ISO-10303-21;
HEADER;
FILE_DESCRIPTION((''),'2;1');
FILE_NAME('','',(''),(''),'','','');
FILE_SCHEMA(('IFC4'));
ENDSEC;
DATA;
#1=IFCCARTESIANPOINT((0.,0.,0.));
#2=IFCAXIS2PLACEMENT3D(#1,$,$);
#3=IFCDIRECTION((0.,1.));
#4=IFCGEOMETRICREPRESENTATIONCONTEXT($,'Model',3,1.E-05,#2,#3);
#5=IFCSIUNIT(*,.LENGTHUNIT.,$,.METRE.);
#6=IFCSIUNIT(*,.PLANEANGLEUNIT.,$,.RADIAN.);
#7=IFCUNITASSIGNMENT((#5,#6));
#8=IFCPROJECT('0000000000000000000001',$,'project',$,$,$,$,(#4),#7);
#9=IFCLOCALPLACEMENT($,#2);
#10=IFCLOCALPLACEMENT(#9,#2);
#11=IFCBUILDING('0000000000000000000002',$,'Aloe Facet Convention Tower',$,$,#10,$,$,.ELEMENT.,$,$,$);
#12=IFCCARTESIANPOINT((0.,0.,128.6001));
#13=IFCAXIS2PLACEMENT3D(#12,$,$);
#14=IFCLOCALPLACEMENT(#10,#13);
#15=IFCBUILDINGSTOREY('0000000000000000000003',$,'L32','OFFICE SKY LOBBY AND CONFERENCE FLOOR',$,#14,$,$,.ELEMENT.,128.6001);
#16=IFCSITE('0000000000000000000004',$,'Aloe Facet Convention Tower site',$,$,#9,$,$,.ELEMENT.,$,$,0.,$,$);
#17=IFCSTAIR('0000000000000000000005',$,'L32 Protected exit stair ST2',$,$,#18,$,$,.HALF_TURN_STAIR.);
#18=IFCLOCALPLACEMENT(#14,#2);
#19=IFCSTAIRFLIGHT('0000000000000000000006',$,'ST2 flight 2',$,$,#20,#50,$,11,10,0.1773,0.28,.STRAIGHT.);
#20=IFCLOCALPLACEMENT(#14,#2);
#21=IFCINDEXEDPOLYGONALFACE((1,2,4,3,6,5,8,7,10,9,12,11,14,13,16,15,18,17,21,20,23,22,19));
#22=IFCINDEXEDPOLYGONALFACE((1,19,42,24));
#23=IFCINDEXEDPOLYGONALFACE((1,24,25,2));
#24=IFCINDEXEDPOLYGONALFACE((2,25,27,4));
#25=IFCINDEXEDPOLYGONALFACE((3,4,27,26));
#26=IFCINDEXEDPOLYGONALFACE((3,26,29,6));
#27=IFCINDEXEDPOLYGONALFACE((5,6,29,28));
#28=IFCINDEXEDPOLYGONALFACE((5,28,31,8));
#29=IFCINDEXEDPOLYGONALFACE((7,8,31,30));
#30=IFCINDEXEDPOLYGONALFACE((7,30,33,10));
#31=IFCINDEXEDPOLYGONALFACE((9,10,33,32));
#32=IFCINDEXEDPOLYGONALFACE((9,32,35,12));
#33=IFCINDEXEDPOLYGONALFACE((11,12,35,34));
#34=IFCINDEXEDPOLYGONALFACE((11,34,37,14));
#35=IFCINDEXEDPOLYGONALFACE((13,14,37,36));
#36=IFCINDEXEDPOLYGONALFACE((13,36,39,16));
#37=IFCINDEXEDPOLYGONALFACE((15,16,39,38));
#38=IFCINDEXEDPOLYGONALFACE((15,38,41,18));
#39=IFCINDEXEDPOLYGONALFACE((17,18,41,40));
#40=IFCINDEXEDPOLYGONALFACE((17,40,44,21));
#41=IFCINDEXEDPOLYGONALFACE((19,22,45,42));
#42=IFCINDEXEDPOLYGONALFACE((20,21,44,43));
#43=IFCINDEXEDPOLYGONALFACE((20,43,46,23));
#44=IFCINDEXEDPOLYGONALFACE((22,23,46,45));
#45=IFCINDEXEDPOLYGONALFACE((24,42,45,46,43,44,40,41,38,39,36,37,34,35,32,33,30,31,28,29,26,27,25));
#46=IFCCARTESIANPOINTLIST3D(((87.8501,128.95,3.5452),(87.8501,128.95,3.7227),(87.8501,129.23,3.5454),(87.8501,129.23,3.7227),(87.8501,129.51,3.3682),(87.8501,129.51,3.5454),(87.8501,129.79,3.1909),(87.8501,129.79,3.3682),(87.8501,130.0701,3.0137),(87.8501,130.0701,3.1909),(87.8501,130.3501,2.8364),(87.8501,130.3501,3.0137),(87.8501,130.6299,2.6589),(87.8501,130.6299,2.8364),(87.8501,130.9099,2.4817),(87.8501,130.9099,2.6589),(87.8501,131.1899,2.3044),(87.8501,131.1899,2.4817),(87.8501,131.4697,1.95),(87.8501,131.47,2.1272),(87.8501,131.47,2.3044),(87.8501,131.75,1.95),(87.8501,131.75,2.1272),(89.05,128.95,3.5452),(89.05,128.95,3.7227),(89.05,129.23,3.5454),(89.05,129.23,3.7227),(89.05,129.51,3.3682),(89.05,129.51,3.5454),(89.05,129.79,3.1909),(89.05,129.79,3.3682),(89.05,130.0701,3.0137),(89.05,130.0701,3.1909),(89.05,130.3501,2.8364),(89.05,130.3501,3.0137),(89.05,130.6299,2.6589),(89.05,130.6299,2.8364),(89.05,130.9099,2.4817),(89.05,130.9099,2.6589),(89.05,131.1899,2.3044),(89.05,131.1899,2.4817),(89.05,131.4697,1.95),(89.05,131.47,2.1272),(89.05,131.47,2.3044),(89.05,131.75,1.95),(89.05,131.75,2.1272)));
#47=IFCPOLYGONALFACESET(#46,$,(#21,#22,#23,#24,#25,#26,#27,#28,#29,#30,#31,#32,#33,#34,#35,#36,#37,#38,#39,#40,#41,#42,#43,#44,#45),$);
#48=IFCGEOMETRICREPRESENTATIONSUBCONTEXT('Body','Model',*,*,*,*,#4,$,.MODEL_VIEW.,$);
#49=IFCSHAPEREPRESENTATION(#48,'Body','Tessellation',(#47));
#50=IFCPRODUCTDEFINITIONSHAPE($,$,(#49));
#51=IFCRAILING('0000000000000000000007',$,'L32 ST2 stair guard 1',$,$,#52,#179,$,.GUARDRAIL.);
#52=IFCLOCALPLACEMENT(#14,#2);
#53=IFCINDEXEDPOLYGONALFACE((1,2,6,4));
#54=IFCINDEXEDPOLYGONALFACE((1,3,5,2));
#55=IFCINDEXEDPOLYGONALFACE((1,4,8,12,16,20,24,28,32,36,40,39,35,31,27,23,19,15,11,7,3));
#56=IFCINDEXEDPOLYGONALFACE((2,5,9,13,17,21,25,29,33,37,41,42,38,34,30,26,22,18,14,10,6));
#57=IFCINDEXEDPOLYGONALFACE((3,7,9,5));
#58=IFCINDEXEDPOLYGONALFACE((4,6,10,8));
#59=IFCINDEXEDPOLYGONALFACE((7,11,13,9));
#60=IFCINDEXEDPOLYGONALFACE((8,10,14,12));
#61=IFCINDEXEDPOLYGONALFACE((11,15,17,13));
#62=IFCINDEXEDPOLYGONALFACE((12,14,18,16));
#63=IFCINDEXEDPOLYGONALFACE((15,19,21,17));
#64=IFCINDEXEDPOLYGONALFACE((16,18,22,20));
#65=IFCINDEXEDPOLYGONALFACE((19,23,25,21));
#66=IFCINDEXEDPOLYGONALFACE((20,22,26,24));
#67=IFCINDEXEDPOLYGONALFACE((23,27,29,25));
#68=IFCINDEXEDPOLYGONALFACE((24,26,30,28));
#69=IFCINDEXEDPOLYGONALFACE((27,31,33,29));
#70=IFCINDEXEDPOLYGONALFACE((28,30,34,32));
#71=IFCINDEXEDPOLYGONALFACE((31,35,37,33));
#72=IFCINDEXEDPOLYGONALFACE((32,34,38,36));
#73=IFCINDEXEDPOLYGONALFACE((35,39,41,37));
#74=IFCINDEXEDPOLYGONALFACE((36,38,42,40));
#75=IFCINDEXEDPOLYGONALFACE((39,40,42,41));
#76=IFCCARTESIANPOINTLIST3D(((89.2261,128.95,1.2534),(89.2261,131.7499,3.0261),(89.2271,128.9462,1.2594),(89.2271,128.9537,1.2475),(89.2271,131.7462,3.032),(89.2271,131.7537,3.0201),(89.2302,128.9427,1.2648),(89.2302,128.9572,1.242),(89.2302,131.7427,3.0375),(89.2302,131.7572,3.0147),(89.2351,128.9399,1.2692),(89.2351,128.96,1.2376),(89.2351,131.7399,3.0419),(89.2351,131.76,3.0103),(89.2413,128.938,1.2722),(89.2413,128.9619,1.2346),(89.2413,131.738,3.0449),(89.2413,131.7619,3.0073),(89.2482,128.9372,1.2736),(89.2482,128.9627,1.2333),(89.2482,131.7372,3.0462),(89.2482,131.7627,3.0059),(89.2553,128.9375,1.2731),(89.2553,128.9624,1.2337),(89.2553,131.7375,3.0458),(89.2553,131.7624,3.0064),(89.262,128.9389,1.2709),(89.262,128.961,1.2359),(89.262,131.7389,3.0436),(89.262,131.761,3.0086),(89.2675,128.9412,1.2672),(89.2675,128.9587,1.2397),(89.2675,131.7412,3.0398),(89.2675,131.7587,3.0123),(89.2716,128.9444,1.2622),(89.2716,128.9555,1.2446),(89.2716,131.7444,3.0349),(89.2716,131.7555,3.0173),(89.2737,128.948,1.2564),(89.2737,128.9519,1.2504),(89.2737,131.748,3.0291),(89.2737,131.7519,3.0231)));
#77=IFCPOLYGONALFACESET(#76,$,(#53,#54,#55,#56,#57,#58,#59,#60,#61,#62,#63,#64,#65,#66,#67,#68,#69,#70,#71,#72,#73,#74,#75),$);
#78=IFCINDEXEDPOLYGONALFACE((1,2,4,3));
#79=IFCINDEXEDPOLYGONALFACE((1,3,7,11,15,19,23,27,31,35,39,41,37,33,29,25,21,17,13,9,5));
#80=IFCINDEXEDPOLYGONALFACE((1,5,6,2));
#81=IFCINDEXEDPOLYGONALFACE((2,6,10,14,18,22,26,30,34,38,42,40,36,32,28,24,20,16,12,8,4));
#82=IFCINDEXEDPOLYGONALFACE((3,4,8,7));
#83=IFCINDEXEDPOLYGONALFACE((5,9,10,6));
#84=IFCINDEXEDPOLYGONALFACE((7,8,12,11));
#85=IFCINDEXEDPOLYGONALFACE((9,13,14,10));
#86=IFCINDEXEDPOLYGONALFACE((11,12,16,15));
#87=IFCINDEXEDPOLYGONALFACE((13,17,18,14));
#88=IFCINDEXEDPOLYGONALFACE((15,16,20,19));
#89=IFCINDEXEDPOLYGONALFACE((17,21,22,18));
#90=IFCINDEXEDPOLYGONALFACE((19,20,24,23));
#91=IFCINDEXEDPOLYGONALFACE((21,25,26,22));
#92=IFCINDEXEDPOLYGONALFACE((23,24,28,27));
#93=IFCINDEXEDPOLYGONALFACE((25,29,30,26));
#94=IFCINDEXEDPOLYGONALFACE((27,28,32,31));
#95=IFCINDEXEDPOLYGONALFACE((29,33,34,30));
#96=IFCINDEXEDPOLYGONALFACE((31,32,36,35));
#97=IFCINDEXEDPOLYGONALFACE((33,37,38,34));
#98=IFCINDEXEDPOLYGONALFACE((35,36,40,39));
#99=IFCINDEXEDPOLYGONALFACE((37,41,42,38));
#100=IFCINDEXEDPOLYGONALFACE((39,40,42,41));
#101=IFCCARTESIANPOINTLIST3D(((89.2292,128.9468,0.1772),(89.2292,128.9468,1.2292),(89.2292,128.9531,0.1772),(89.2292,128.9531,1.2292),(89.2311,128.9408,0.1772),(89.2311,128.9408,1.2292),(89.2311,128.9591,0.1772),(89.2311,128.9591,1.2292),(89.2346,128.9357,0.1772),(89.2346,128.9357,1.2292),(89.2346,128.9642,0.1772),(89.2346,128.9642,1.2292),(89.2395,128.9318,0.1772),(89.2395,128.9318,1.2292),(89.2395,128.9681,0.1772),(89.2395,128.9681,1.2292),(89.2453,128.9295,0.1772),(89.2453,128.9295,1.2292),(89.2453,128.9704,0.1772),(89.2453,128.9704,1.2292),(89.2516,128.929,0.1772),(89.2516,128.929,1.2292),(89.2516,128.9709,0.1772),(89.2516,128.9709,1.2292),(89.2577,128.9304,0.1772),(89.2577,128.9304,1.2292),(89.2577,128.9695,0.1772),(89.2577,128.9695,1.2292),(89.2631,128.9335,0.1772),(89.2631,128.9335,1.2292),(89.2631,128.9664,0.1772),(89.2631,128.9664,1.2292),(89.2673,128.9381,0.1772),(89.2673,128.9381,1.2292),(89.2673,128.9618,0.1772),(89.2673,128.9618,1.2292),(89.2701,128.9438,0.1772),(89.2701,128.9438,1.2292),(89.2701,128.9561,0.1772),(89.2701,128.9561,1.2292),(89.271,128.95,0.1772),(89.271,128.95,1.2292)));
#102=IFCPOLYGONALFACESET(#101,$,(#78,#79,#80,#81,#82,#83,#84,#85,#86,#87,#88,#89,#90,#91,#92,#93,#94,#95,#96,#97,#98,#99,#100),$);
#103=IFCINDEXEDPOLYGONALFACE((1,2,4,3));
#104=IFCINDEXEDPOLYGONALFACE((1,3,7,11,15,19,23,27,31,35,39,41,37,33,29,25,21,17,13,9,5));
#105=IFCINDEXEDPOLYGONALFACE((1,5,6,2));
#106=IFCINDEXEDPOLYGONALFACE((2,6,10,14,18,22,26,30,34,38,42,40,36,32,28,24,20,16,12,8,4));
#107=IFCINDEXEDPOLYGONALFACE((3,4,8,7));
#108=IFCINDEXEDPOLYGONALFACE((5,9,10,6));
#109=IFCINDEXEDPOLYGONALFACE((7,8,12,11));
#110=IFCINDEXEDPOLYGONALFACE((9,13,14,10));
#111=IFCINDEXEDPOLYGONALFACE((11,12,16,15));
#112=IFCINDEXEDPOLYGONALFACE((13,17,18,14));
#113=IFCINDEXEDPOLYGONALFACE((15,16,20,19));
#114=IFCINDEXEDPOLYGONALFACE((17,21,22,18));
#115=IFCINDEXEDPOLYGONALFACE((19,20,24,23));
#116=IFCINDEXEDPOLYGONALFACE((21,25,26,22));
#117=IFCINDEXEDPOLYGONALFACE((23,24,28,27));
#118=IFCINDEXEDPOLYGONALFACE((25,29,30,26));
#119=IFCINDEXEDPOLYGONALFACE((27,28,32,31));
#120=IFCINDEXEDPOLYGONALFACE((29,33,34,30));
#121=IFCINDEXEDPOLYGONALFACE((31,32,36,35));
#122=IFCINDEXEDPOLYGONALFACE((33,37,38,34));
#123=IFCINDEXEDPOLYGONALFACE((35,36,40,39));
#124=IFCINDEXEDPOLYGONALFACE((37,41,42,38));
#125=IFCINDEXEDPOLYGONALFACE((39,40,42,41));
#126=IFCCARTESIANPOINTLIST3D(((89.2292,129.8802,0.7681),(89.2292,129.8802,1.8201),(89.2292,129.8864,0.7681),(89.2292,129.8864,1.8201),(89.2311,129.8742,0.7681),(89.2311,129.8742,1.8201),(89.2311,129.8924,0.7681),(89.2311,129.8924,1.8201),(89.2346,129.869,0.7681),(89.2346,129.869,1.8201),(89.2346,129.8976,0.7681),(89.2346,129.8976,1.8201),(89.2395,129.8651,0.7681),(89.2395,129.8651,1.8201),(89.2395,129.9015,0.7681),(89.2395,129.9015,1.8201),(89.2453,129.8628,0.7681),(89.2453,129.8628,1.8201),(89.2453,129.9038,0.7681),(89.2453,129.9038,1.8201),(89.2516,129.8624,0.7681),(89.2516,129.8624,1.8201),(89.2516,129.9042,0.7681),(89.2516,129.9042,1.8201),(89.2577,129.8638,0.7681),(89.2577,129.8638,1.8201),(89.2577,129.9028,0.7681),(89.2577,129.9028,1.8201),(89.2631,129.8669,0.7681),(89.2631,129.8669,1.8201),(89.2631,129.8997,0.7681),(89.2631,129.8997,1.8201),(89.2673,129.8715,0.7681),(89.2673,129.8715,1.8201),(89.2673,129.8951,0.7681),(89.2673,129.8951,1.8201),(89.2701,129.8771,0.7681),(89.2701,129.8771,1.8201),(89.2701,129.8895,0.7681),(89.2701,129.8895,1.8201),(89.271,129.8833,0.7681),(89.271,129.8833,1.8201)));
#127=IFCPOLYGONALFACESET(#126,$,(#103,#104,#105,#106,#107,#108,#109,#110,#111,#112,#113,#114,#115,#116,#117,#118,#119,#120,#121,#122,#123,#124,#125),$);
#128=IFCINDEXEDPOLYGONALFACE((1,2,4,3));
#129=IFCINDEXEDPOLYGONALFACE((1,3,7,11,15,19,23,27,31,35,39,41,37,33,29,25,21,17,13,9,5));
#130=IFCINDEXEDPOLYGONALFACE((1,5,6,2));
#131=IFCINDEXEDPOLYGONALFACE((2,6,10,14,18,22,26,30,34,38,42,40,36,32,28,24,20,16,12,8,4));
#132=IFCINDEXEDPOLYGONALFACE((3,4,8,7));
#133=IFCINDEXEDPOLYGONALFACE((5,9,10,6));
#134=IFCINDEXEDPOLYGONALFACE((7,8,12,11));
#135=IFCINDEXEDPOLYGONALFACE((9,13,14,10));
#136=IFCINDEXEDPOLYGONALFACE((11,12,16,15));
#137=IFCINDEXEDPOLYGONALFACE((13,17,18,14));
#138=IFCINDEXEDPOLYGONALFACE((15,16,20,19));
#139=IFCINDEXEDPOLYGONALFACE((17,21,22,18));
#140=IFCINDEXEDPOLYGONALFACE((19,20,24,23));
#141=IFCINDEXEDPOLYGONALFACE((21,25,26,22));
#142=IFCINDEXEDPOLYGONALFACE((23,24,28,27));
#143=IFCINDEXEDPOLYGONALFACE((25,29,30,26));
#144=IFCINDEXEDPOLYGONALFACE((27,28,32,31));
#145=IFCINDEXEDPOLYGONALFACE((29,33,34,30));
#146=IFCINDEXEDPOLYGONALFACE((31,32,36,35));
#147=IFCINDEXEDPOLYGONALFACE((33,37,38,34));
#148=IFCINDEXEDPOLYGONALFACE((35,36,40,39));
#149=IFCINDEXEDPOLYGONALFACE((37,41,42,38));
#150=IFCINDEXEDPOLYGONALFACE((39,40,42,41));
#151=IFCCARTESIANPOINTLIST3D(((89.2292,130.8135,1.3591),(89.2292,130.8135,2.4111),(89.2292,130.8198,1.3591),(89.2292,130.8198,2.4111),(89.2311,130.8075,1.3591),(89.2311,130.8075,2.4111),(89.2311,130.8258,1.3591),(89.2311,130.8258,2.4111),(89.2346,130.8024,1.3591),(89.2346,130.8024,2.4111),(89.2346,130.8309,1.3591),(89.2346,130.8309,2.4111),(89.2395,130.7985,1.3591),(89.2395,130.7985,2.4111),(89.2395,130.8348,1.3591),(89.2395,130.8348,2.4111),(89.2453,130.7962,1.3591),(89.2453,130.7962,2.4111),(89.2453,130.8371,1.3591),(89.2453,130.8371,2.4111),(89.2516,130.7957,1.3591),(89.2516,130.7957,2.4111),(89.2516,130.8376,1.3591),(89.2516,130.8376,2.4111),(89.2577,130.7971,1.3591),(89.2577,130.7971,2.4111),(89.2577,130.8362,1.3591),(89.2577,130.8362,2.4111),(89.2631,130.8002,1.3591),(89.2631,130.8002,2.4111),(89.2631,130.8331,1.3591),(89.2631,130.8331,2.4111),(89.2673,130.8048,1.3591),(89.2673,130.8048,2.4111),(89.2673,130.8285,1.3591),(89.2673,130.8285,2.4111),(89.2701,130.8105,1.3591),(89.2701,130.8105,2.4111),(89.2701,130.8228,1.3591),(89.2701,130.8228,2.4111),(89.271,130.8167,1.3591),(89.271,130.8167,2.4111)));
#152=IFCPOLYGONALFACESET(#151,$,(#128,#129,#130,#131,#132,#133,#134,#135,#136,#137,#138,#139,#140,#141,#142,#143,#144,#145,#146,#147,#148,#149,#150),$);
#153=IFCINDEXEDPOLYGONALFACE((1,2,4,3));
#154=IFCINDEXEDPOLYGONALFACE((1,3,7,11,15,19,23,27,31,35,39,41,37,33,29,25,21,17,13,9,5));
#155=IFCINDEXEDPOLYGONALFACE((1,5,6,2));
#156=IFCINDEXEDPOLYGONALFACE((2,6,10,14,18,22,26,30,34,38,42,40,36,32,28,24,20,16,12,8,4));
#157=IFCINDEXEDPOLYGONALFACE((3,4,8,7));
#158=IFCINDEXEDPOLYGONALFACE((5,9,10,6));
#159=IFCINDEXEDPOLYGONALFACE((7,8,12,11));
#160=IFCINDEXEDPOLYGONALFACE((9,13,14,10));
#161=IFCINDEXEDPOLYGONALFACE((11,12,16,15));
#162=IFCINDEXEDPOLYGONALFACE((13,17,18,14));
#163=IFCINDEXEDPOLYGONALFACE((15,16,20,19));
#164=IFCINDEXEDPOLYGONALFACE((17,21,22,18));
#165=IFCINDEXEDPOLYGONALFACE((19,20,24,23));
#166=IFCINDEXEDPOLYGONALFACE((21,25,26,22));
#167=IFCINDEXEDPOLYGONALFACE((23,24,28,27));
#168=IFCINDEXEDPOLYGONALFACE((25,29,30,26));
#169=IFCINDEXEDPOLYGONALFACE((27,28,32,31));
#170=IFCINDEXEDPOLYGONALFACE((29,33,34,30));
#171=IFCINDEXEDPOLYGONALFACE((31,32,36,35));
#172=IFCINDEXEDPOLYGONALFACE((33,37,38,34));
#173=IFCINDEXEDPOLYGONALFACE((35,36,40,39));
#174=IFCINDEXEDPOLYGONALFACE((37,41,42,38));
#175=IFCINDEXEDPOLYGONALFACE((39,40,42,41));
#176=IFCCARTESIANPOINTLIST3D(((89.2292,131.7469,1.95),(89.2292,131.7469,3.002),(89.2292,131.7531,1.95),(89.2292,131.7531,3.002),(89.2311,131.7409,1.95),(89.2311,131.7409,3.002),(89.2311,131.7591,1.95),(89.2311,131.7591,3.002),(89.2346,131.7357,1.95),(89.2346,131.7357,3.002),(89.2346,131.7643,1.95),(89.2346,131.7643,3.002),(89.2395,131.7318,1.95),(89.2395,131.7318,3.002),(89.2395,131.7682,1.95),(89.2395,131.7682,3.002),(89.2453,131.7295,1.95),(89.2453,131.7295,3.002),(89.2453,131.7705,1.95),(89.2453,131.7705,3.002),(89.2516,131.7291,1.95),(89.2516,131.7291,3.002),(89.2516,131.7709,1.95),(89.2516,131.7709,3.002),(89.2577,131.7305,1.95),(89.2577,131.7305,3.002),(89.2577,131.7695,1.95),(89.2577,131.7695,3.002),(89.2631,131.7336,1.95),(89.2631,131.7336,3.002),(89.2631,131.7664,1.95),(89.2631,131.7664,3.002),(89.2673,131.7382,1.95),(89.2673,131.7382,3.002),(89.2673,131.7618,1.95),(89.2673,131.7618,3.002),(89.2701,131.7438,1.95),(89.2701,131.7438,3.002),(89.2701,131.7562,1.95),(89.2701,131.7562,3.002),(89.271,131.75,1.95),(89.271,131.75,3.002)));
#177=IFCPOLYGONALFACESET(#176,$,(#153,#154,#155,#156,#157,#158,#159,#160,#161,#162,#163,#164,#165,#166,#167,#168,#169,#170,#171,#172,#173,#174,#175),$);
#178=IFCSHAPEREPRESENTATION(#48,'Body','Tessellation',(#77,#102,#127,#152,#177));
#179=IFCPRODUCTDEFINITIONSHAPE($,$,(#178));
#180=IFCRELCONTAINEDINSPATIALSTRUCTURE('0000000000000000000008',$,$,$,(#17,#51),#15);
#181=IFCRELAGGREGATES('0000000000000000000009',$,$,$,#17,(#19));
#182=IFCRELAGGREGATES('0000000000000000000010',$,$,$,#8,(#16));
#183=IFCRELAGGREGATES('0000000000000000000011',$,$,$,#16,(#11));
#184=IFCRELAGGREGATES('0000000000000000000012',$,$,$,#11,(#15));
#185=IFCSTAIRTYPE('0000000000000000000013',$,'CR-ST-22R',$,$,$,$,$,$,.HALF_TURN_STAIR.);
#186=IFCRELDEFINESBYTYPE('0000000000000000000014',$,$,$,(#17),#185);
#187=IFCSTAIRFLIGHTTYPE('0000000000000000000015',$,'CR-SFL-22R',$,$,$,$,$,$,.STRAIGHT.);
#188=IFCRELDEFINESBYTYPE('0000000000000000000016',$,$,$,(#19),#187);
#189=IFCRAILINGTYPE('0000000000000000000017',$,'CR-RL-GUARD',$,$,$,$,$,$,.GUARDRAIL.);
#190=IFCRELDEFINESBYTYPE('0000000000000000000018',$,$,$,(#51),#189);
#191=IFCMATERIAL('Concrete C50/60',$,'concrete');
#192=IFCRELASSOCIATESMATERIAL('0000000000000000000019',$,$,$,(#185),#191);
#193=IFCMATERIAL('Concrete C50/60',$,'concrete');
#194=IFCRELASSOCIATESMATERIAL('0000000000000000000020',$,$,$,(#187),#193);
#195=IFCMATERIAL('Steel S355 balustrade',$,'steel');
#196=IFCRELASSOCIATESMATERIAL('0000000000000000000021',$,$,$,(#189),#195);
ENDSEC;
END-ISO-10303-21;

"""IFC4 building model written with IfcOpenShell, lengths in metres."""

from ifc_helpers import new_model, si_unit, direction, frame, origin, origin_2d, place, context, subcontext, project, spatial, polyline, circle, outline, extrude, material, type_object, element, aggregate, save


model = new_model("IFC4")

# Units and contexts
model_context = context("Model", 3, precision=1e-05, world=origin(), true_north=direction((0.0, 1.0)))
body_context = subcontext(model_context, "Body", "Model", "MODEL_VIEW")
ifc_project = project(units=[si_unit("LENGTHUNIT", "METRE"), si_unit("PLANEANGLEUNIT", "RADIAN")], contexts=[model_context])

# Site, building, storey
site_placement = place(None, origin())
site = spatial("IfcSite", under=ifc_project, at=site_placement, Name="Aloe Facet Convention Tower site", CompositionType="ELEMENT", RefElevation=0.0)
building_placement = place(site_placement, origin())
building = spatial("IfcBuilding", under=site, at=building_placement, Name="Aloe Facet Convention Tower", CompositionType="ELEMENT")
storey_placement = place(building_placement, frame((0.0, 0.0, 128.6001)))
storey = spatial("IfcBuildingStorey", under=building, at=storey_placement, Name="L32", Description="OFFICE SKY LOBBY AND CONFERENCE FLOOR", CompositionType="ELEMENT", Elevation=128.6001)

# Stair, stair flight
ifc_material_1 = material(Name="Concrete C50/60", Category="concrete")
stair_type = type_object("IfcStairType", Name="CR-ST-22R", PredefinedType="HALF_TURN_STAIR", material=ifc_material_1)
stair_placement = place(storey_placement, origin())
stair = element("IfcStair", 1, at=stair_placement, inside=storey, type_object=stair_type, Name="L32 Protected exit stair ST2", PredefinedType="HALF_TURN_STAIR")
ifc_material_2 = material(Name="Concrete C50/60", Category="concrete")
stair_flight_type = type_object("IfcStairFlightType", Name="CR-SFL-22R", PredefinedType="STRAIGHT", material=ifc_material_2)
stair_flight_placement = place(storey_placement, frame((88.45, 131.75, 1.95), z_axis=(0.0, 0.0, 1.0), x_axis=(0.0, -1.0, 0.0)))
stair_flight = element("IfcStairFlight", 2, at=stair_flight_placement, type_object=stair_flight_type, Name="ST2 flight 2", NumberOfRisers=11, NumberOfTreads=10, PredefinedType="STRAIGHT", RiserHeight=0.1773, TreadLength=0.28, context=body_context, shape_type="SweptSolid", body=[
    extrude(outline(polyline([(0.0, 0.0), (0.0, 0.1772), (0.28, 0.1772), (0.28, 0.3545), (0.5601, 0.3545), (0.5601, 0.5317), (0.8401, 0.5317), (0.8401, 0.709), (1.1201, 0.709), (1.1201, 0.8865), (1.3999, 0.8865), (1.3999, 1.0637), (1.6799, 1.0637), (1.6799, 1.241), (1.96, 1.241), (1.96, 1.4182), (2.24, 1.4182), (2.24, 1.5955), (2.52, 1.5955), (2.52, 1.7727), (2.8, 1.7727), (2.8, 1.95), (2.8, 1.5952), (0.2803, 0.0), (0.0, 0.0)])), frame((0.0, 0.6001, 0.0), z_axis=(0.0, -1.0, 0.0), x_axis=(1.0, 0.0, 0.0)), (0.0, 0.0, 1.0), 1.2),
])
aggregate(stair, [stair_flight])

# Railing
ifc_material_3 = material(Name="Steel S355 balustrade", Category="steel")
railing_type_1 = type_object("IfcRailingType", Name="CR-RL-GUARD", PredefinedType="GUARDRAIL", material=ifc_material_3)
railing_1_placement = place(storey_placement, frame((89.25, 128.95, 0.1772)))
element("IfcRailing", 3, at=railing_1_placement, inside=storey, type_object=railing_type_1, Name="L32 ST2 stair guard 1", PredefinedType="GUARDRAIL", context=body_context, shape_type="SweptSolid", body=[
    extrude(circle(Radius=0.0239, at=origin_2d()), frame((0.0, 0.0, 1.0762), z_axis=(0.0, 0.844909, 0.53491), x_axis=(-1.0, 0.0, 0.0)), (0.0, 0.0, 1.0), 3.314),
    extrude(circle(Radius=0.021, at=origin_2d()), origin(), (0.0, 0.0, 1.0), 1.052),
    extrude(circle(Radius=0.021, at=origin_2d()), frame((0.0, 0.9333, 0.5908)), (0.0, 0.0, 1.0), 1.052),
    extrude(circle(Radius=0.021, at=origin_2d()), frame((0.0, 1.8667, 1.1819)), (0.0, 0.0, 1.0), 1.052),
    extrude(circle(Radius=0.021, at=origin_2d()), frame((0.0, 2.8, 1.7727)), (0.0, 0.0, 1.0), 1.052),
])

save(model, "model.ifc")
